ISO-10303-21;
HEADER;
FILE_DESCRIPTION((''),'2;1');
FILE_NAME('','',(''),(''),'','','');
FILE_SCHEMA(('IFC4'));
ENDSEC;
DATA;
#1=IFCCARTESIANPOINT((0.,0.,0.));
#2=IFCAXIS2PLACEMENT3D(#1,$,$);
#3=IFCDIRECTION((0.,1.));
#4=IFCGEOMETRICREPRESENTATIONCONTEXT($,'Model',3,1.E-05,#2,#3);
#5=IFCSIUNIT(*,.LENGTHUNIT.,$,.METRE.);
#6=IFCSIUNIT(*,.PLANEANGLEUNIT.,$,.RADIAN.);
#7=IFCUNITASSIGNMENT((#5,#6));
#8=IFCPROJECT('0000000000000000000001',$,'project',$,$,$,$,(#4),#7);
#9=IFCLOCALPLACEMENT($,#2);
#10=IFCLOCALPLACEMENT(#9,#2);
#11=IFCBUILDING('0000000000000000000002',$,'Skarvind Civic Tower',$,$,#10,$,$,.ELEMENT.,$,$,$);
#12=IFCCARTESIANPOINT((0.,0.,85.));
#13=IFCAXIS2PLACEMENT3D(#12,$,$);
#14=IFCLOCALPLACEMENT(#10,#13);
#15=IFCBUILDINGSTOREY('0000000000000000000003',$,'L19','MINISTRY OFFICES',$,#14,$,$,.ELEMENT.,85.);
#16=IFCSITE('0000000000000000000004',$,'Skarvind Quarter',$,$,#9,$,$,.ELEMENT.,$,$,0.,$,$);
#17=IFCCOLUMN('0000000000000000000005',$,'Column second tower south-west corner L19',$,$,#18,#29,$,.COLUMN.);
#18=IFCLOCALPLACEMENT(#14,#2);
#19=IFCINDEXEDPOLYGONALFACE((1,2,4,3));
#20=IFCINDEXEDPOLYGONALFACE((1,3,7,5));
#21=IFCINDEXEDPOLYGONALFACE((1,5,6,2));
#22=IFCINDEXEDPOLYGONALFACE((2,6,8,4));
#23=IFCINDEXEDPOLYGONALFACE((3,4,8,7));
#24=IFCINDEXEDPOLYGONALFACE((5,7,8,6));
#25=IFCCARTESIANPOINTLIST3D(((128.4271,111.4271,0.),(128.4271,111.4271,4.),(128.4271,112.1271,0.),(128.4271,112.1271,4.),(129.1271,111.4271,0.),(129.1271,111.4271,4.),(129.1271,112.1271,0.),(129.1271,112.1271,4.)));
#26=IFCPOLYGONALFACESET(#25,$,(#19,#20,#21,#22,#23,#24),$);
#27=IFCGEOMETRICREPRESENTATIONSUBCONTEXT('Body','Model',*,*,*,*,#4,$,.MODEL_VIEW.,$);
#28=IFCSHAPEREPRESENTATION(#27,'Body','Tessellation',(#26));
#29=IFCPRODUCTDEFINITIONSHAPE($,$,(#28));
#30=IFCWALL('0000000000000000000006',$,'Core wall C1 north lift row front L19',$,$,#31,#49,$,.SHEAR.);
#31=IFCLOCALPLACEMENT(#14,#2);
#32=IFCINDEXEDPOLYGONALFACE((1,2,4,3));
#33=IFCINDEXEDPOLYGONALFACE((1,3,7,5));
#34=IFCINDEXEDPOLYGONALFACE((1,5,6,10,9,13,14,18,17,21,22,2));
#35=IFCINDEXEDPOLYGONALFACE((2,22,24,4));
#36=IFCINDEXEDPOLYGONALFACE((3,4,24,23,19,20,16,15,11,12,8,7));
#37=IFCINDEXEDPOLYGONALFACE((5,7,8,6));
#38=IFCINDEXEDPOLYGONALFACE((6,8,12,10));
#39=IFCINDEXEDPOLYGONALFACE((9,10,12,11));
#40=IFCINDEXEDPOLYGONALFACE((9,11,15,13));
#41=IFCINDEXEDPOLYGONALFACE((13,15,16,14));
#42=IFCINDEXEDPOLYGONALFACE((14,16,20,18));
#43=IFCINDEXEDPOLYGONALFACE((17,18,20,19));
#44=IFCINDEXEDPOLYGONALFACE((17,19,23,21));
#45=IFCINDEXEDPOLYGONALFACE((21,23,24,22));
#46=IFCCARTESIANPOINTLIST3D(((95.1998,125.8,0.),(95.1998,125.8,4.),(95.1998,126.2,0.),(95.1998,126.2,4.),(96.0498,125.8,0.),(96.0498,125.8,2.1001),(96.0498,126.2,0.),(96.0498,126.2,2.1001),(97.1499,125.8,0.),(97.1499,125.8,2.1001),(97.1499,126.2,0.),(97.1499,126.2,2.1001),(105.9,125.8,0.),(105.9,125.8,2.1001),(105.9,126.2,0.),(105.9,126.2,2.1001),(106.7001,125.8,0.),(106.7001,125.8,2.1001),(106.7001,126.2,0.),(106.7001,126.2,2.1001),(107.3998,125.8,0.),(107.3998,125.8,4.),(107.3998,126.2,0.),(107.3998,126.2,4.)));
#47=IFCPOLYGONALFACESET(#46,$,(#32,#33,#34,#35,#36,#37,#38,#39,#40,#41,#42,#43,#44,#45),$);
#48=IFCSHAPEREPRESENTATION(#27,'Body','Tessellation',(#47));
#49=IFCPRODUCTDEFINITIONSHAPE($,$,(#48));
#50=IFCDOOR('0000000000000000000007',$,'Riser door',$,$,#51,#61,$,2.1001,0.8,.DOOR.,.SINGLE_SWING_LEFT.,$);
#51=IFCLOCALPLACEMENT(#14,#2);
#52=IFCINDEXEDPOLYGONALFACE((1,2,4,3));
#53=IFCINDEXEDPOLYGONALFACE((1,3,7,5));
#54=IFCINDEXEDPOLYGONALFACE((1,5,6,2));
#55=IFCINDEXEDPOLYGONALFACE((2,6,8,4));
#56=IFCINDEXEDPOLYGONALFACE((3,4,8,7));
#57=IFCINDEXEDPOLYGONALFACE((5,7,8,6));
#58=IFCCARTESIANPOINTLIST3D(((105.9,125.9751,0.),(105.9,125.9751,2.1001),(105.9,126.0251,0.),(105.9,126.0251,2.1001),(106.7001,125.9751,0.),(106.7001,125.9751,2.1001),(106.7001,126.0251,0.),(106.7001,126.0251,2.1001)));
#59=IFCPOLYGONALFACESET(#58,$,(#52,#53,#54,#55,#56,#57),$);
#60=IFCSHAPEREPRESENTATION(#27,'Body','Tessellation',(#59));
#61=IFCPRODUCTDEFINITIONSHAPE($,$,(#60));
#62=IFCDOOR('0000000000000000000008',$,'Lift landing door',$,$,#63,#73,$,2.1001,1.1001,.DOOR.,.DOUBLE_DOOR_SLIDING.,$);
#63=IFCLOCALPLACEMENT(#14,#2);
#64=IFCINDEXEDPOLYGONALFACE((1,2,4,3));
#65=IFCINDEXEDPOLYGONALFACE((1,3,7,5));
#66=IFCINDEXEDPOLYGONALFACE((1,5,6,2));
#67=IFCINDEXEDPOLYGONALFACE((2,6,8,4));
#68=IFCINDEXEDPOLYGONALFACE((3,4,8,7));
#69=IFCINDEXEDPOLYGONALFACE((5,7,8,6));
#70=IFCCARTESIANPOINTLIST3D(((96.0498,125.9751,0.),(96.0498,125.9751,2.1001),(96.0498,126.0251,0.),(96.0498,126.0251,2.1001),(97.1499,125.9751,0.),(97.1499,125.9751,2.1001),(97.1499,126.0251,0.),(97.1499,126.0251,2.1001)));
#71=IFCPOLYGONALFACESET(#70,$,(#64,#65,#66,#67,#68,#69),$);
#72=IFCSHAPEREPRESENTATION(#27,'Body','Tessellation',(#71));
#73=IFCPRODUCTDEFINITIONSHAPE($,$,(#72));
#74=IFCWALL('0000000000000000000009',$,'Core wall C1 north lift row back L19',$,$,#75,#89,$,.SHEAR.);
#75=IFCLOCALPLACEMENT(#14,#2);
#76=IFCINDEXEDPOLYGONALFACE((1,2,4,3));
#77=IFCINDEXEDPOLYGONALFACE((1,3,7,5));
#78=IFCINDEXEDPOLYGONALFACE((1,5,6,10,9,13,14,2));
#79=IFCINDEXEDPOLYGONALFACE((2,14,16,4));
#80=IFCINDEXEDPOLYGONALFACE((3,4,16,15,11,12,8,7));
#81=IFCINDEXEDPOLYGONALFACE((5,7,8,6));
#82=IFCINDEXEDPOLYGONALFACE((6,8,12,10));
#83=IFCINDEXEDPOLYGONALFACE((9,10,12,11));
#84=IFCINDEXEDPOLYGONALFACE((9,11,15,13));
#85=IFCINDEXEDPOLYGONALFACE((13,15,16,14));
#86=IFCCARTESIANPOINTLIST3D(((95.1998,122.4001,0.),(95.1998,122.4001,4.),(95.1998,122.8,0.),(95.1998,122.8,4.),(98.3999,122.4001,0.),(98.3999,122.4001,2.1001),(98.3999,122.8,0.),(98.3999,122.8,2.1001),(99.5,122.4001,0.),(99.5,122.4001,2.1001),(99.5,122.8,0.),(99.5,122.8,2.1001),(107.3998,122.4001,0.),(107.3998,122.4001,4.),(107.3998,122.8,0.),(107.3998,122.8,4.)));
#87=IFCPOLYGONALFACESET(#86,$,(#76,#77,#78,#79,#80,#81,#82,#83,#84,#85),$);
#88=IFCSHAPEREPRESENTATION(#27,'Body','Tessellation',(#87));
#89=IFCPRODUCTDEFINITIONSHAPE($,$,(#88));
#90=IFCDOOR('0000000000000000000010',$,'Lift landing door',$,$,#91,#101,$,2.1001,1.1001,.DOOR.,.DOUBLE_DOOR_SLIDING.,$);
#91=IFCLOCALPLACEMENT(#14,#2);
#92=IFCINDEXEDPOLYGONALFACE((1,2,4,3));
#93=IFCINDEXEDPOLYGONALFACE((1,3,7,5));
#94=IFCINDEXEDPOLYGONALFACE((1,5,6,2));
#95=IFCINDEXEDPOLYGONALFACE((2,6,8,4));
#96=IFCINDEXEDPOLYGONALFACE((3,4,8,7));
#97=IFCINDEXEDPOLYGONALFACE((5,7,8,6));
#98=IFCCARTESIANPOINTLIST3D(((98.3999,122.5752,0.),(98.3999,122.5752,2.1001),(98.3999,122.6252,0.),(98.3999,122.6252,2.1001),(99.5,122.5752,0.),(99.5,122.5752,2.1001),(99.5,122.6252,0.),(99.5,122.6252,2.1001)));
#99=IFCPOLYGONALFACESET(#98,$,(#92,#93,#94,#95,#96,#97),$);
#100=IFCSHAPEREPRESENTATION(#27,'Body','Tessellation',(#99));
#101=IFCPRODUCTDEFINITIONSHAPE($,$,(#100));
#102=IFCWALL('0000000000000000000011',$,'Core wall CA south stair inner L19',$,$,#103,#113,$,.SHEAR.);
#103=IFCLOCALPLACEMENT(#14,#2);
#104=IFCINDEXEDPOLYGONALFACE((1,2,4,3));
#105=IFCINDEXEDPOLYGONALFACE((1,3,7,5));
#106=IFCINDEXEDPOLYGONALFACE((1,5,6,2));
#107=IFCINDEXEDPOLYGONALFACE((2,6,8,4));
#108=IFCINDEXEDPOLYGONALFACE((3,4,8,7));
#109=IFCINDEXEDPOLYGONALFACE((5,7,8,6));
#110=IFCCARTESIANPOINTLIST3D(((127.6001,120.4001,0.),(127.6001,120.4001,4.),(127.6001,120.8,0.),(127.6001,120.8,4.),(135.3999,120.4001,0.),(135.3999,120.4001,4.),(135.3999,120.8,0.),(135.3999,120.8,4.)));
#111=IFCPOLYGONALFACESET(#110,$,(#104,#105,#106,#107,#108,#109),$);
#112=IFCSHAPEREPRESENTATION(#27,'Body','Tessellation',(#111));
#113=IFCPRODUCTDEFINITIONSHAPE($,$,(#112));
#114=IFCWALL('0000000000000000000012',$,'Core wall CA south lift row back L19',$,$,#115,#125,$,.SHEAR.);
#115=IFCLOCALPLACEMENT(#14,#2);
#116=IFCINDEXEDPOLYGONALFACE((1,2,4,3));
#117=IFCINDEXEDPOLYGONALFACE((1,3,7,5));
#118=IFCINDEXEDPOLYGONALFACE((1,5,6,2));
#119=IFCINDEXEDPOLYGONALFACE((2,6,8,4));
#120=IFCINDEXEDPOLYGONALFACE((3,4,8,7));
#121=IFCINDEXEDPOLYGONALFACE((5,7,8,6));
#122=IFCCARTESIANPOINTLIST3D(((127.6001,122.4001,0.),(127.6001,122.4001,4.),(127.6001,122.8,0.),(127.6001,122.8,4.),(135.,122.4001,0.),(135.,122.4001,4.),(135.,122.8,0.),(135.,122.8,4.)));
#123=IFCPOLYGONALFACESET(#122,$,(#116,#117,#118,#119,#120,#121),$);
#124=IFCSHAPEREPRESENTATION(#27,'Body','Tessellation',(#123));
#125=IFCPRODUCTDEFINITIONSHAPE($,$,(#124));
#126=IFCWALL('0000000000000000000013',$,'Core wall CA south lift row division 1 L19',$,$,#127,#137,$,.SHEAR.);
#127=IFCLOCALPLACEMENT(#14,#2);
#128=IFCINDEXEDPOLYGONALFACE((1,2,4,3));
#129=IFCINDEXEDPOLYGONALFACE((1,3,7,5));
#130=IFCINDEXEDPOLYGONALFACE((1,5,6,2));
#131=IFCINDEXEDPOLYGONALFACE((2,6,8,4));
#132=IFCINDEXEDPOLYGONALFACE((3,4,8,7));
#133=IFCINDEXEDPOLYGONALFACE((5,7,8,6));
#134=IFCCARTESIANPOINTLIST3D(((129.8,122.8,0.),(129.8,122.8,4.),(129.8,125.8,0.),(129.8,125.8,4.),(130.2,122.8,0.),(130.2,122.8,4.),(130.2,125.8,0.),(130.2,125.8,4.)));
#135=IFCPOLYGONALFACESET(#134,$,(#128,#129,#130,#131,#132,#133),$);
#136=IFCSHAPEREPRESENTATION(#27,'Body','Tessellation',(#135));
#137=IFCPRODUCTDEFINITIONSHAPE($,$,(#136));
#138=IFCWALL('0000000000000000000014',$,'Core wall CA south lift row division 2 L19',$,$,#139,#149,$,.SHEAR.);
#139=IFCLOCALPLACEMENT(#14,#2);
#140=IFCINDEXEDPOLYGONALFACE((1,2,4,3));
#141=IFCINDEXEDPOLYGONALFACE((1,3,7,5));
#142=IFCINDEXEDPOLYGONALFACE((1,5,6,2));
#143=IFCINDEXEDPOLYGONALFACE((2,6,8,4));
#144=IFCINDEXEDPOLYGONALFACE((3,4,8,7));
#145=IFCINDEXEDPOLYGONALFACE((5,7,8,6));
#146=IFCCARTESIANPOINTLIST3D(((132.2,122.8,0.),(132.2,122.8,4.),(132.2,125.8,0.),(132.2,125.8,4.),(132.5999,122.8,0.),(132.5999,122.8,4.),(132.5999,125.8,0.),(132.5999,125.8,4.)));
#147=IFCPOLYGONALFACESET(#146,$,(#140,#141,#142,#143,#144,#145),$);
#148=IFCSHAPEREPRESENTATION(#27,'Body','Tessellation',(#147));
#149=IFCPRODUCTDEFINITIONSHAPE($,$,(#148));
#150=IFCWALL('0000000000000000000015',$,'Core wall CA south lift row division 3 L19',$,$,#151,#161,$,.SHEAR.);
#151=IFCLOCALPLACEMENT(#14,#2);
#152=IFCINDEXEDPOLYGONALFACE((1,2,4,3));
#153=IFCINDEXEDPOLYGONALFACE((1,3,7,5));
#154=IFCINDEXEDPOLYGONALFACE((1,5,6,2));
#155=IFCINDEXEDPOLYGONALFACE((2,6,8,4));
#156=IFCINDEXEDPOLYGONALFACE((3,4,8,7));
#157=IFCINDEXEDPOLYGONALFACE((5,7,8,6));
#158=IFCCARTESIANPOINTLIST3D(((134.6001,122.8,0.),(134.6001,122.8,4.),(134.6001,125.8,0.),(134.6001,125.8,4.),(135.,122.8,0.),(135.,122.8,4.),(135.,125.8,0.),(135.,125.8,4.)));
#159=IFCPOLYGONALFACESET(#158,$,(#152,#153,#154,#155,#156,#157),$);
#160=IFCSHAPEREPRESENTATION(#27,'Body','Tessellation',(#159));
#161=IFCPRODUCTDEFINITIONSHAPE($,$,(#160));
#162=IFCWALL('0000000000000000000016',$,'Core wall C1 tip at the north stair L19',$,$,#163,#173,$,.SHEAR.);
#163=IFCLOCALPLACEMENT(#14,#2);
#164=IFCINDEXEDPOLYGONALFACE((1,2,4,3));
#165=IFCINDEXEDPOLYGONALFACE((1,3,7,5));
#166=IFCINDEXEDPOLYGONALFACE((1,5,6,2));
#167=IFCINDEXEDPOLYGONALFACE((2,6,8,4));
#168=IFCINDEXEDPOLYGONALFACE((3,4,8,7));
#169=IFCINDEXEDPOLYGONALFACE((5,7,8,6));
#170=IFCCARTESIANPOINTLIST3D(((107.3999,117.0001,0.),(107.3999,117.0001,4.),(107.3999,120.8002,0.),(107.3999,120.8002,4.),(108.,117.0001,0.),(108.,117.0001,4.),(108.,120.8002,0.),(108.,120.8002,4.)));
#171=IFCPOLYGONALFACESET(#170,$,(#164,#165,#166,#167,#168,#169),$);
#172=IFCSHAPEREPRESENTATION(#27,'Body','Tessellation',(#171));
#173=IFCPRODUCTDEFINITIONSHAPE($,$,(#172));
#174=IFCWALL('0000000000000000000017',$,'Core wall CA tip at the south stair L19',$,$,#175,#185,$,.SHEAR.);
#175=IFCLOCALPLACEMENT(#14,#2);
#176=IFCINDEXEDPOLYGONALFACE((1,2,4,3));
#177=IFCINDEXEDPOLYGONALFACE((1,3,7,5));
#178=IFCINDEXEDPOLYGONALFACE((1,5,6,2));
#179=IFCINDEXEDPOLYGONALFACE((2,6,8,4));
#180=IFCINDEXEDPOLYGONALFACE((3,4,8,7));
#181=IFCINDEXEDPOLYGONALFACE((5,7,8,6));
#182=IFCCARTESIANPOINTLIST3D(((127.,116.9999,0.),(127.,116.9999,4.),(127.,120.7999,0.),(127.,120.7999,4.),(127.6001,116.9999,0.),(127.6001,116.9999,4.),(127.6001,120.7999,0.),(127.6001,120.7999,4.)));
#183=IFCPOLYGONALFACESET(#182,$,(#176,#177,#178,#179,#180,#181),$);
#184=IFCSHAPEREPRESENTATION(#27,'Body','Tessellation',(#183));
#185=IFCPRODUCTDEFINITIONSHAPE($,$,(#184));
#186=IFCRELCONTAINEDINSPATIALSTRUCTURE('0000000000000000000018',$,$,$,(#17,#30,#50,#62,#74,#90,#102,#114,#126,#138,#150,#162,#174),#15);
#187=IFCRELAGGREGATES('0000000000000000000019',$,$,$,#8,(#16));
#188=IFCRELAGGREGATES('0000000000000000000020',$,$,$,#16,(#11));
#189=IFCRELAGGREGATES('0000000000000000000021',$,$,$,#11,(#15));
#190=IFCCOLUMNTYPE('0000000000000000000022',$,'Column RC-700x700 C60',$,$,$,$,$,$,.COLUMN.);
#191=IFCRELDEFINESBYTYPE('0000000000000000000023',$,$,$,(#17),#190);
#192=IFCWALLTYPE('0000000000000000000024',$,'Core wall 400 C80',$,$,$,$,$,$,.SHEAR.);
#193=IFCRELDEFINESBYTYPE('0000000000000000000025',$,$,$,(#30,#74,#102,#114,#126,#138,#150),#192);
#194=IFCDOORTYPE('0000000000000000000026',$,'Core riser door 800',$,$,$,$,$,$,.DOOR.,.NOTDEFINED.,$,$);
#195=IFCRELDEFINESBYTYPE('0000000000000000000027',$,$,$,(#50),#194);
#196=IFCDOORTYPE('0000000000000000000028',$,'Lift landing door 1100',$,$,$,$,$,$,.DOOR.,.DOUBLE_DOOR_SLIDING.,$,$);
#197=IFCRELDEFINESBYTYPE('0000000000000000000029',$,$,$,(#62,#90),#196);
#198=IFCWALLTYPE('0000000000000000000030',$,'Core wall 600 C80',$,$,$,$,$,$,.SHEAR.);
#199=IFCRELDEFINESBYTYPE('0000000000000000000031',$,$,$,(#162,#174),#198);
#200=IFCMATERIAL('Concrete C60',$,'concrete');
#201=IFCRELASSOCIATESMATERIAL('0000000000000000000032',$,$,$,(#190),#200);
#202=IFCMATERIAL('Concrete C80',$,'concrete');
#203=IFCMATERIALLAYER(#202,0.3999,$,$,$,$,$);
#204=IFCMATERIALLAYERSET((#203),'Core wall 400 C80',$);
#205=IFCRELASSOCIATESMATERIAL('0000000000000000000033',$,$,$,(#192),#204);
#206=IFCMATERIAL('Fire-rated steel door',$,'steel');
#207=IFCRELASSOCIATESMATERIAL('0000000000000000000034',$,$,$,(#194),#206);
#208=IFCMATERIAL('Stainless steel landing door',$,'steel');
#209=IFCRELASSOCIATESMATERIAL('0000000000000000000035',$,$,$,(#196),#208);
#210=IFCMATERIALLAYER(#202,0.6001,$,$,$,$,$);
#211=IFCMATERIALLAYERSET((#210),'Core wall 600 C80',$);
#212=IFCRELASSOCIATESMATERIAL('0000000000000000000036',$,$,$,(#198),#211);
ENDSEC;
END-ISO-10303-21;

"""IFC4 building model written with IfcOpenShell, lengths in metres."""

from ifc_helpers import new_model, si_unit, direction, frame, frame_2d, origin, origin_2d, place, context, subcontext, project, spatial, rectangle, extrude, material, layer, layer_set, material_profile, profile_set, type_object, element, fill, save


model = new_model("IFC4")

# Units and contexts
model_context = context("Model", 3, precision=1e-05, world=origin(), true_north=direction((0.0, 1.0)))
body_context = subcontext(model_context, "Body", "Model", "MODEL_VIEW")
ifc_project = project(units=[si_unit("LENGTHUNIT", "METRE"), si_unit("PLANEANGLEUNIT", "RADIAN")], contexts=[model_context])

# Site, building, storey
site_placement = place(None, origin())
site = spatial("IfcSite", under=ifc_project, at=site_placement, Name="Skarvind Quarter", CompositionType="ELEMENT", RefElevation=0.0)
building_placement = place(site_placement, origin())
building = spatial("IfcBuilding", under=site, at=building_placement, Name="Skarvind Civic Tower", CompositionType="ELEMENT")
storey_placement = place(building_placement, frame((0.0, 0.0, 85.0)))
storey = spatial("IfcBuildingStorey", under=building, at=storey_placement, Name="L19", Description="MINISTRY OFFICES", CompositionType="ELEMENT", Elevation=85.0)

# Column
ifc_material_1 = material(Name="Concrete C60", Category="concrete")
ifc_material_profile = material_profile(ifc_material_1, rectangle(XDim=0.7, YDim=0.7, at=origin_2d()), Name="RC-700x700")
ifc_profile_set = profile_set([ifc_material_profile], Name="Concrete C60")
column_type = type_object("IfcColumnType", Name="Column RC-700x700 C60", PredefinedType="COLUMN", material=ifc_profile_set)
column_placement = place(storey_placement, frame((128.7771, 111.7771, 0.0), z_axis=(0.0, 0.0, 1.0), x_axis=(1.0, 0.0, 0.0)))
element("IfcColumn", 1, at=column_placement, inside=storey, type_object=column_type, Name="Column second tower south-west corner L19", PredefinedType="COLUMN", context=body_context, shape_type="SweptSolid", body=[
    extrude(rectangle(XDim=0.7, YDim=0.7, at=origin_2d()), origin(), (0.0, 0.0, 1.0), 4.0),
])

# Wall, openings, doors
ifc_material_2 = material(Name="Concrete C80", Category="concrete")
ifc_layer_1 = layer(ifc_material_2, 0.3999)
ifc_layer_set_1 = layer_set([ifc_layer_1], Name="Core wall 400 C80")
wall_type_1 = type_object("IfcWallType", Name="Core wall 400 C80", PredefinedType="SHEAR", material=ifc_layer_set_1)
wall_1_placement = place(storey_placement, frame((107.3999, 126.0, 0.0), z_axis=(0.0, 0.0, 1.0), x_axis=(-1.0, 0.0, 0.0)))
wall_1 = element("IfcWall", 2, at=wall_1_placement, inside=storey, type_object=wall_type_1, Name="Core wall C1 north lift row front L19", PredefinedType="SHEAR", context=body_context, shape_type="SweptSolid", body=[
    extrude(rectangle(XDim=12.2, YDim=0.3999, at=frame_2d((6.1001, 0.0))), origin(), (0.0, 0.0, 1.0), 4.0),
])
opening_1_placement = place(wall_1_placement, frame((10.25, 0.0, 0.0)))
opening_1 = element("IfcOpeningElement", 3, at=opening_1_placement, cuts=wall_1, PredefinedType="OPENING", context=body_context, shape_type="SweptSolid", body=[
    extrude(rectangle(XDim=1.1001, YDim=2.1001, at=frame_2d((0.55, 1.05))), frame((0.0, 0.21, 0.0), z_axis=(0.0, -1.0, 0.0), x_axis=(1.0, 0.0, 0.0)), (0.0, 0.0, 1.0), 0.4199),
])
opening_2_placement = place(wall_1_placement, frame((0.7, 0.0, 0.0)))
opening_2 = element("IfcOpeningElement", 4, at=opening_2_placement, cuts=wall_1, PredefinedType="OPENING", context=body_context, shape_type="SweptSolid", body=[
    extrude(rectangle(XDim=0.8, YDim=2.1001, at=frame_2d((0.3999, 1.05))), frame((0.0, 0.21, 0.0), z_axis=(0.0, -1.0, 0.0), x_axis=(1.0, 0.0, 0.0)), (0.0, 0.0, 1.0), 0.4199),
])
ifc_material_3 = material(Name="Fire-rated steel door", Category="steel")
door_type_1 = type_object("IfcDoorType", Name="Core riser door 800", OperationType="NOTDEFINED", PredefinedType="DOOR", material=ifc_material_3)
door_1_placement = place(opening_2_placement, origin())
door_1 = element("IfcDoor", 5, at=door_1_placement, inside=storey, type_object=door_type_1, Name="Riser door", OperationType="SINGLE_SWING_LEFT", OverallHeight=2.1001, OverallWidth=0.8, PredefinedType="DOOR", context=body_context, shape_type="SweptSolid", body=[
    extrude(rectangle(XDim=0.8, YDim=2.1001, at=frame_2d((0.3999, 1.05))), frame((0.0, 0.0249, 0.0), z_axis=(0.0, -1.0, 0.0), x_axis=(1.0, 0.0, 0.0)), (0.0, 0.0, 1.0), 0.05),
])
fill(opening_2, door_1)
ifc_material_4 = material(Name="Stainless steel landing door", Category="steel")
door_type_2 = type_object("IfcDoorType", Name="Lift landing door 1100", OperationType="DOUBLE_DOOR_SLIDING", PredefinedType="DOOR", material=ifc_material_4)
door_2_placement = place(opening_1_placement, origin())
door_2 = element("IfcDoor", 6, at=door_2_placement, inside=storey, type_object=door_type_2, Name="Lift landing door", OperationType="DOUBLE_DOOR_SLIDING", OverallHeight=2.1001, OverallWidth=1.1001, PredefinedType="DOOR", context=body_context, shape_type="SweptSolid", body=[
    extrude(rectangle(XDim=1.1001, YDim=2.1001, at=frame_2d((0.55, 1.05))), frame((0.0, 0.0249, 0.0), z_axis=(0.0, -1.0, 0.0), x_axis=(1.0, 0.0, 0.0)), (0.0, 0.0, 1.0), 0.05),
])
fill(opening_1, door_2)

# Wall, opening, door
wall_2_placement = place(storey_placement, frame((107.3999, 122.6001, 0.0), z_axis=(0.0, 0.0, 1.0), x_axis=(-1.0, 0.0, 0.0)))
wall_2 = element("IfcWall", 7, at=wall_2_placement, inside=storey, type_object=wall_type_1, Name="Core wall C1 north lift row back L19", PredefinedType="SHEAR", context=body_context, shape_type="SweptSolid", body=[
    extrude(rectangle(XDim=12.2, YDim=0.3999, at=frame_2d((6.1001, 0.0))), origin(), (0.0, 0.0, 1.0), 4.0),
])
opening_3_placement = place(wall_2_placement, frame((7.8999, 0.0, 0.0)))
opening_3 = element("IfcOpeningElement", 8, at=opening_3_placement, cuts=wall_2, PredefinedType="OPENING", context=body_context, shape_type="SweptSolid", body=[
    extrude(rectangle(XDim=1.1001, YDim=2.1001, at=frame_2d((0.55, 1.05))), frame((0.0, 0.21, 0.0), z_axis=(0.0, -1.0, 0.0), x_axis=(1.0, 0.0, 0.0)), (0.0, 0.0, 1.0), 0.4199),
])
door_3_placement = place(opening_3_placement, origin())
door_3 = element("IfcDoor", 9, at=door_3_placement, inside=storey, type_object=door_type_2, Name="Lift landing door", OperationType="DOUBLE_DOOR_SLIDING", OverallHeight=2.1001, OverallWidth=1.1001, PredefinedType="DOOR", context=body_context, shape_type="SweptSolid", body=[
    extrude(rectangle(XDim=1.1001, YDim=2.1001, at=frame_2d((0.55, 1.05))), frame((0.0, 0.0249, 0.0), z_axis=(0.0, -1.0, 0.0), x_axis=(1.0, 0.0, 0.0)), (0.0, 0.0, 1.0), 0.05),
])
fill(opening_3, door_3)

# Walls
wall_3_placement = place(storey_placement, frame((127.6001, 120.6001, 0.0), z_axis=(0.0, 0.0, 1.0), x_axis=(1.0, 0.0, 0.0)))
element("IfcWall", 10, at=wall_3_placement, inside=storey, type_object=wall_type_1, Name="Core wall CA south stair inner L19", PredefinedType="SHEAR", context=body_context, shape_type="SweptSolid", body=[
    extrude(rectangle(XDim=7.7998, YDim=0.3999, at=frame_2d((3.8999, 0.0))), origin(), (0.0, 0.0, 1.0), 4.0),
])
wall_4_placement = place(storey_placement, frame((127.6001, 122.6001, 0.0), z_axis=(0.0, 0.0, 1.0), x_axis=(1.0, 0.0, 0.0)))
element("IfcWall", 11, at=wall_4_placement, inside=storey, type_object=wall_type_1, Name="Core wall CA south lift row back L19", PredefinedType="SHEAR", context=body_context, shape_type="SweptSolid", body=[
    extrude(rectangle(XDim=7.3999, YDim=0.3999, at=frame_2d((3.7, 0.0))), origin(), (0.0, 0.0, 1.0), 4.0),
])
for number, where, z_axis, x_axis, name in (
    (12, (130.0, 122.8, 0.0), (0.0, 0.0, 1.0), (0.0, 1.0, 0.0), "Core wall CA south lift row division 1 L19"),
    (13, (132.3999, 122.8, 0.0), (0.0, 0.0, 1.0), (0.0, 1.0, 0.0), "Core wall CA south lift row division 2 L19"),
    (14, (134.8, 122.8, 0.0), (0.0, 0.0, 1.0), (0.0, 1.0, 0.0), "Core wall CA south lift row division 3 L19"),
):
    element("IfcWall", number, at=place(storey_placement, frame(where, z_axis=z_axis, x_axis=x_axis)), inside=storey, type_object=wall_type_1, Name=name, PredefinedType="SHEAR", context=body_context, shape_type="SweptSolid", body=[
        extrude(rectangle(XDim=3.0, YDim=0.3999, at=frame_2d((1.5, 0.0))), origin(), (0.0, 0.0, 1.0), 4.0),
    ])
ifc_layer_2 = layer(ifc_material_2, 0.6001)
ifc_layer_set_2 = layer_set([ifc_layer_2], Name="Core wall 600 C80")
wall_type_2 = type_object("IfcWallType", Name="Core wall 600 C80", PredefinedType="SHEAR", material=ifc_layer_set_2)
for number, where, z_axis, x_axis, name in (
    (15, (107.7, 120.8, 0.0), (0.0, 0.0, 1.0), (0.0, -1.0, 0.0), "Core wall C1 tip at the north stair L19"),
    (16, (127.3, 117.0, 0.0), (0.0, 0.0, 1.0), (0.0, 1.0, 0.0), "Core wall CA tip at the south stair L19"),
):
    element("IfcWall", number, at=place(storey_placement, frame(where, z_axis=z_axis, x_axis=x_axis)), inside=storey, type_object=wall_type_2, Name=name, PredefinedType="SHEAR", context=body_context, shape_type="SweptSolid", body=[
        extrude(rectangle(XDim=3.8, YDim=0.6001, at=frame_2d((1.8999, 0.0))), origin(), (0.0, 0.0, 1.0), 4.0),
    ])

save(model, "model.ifc")
